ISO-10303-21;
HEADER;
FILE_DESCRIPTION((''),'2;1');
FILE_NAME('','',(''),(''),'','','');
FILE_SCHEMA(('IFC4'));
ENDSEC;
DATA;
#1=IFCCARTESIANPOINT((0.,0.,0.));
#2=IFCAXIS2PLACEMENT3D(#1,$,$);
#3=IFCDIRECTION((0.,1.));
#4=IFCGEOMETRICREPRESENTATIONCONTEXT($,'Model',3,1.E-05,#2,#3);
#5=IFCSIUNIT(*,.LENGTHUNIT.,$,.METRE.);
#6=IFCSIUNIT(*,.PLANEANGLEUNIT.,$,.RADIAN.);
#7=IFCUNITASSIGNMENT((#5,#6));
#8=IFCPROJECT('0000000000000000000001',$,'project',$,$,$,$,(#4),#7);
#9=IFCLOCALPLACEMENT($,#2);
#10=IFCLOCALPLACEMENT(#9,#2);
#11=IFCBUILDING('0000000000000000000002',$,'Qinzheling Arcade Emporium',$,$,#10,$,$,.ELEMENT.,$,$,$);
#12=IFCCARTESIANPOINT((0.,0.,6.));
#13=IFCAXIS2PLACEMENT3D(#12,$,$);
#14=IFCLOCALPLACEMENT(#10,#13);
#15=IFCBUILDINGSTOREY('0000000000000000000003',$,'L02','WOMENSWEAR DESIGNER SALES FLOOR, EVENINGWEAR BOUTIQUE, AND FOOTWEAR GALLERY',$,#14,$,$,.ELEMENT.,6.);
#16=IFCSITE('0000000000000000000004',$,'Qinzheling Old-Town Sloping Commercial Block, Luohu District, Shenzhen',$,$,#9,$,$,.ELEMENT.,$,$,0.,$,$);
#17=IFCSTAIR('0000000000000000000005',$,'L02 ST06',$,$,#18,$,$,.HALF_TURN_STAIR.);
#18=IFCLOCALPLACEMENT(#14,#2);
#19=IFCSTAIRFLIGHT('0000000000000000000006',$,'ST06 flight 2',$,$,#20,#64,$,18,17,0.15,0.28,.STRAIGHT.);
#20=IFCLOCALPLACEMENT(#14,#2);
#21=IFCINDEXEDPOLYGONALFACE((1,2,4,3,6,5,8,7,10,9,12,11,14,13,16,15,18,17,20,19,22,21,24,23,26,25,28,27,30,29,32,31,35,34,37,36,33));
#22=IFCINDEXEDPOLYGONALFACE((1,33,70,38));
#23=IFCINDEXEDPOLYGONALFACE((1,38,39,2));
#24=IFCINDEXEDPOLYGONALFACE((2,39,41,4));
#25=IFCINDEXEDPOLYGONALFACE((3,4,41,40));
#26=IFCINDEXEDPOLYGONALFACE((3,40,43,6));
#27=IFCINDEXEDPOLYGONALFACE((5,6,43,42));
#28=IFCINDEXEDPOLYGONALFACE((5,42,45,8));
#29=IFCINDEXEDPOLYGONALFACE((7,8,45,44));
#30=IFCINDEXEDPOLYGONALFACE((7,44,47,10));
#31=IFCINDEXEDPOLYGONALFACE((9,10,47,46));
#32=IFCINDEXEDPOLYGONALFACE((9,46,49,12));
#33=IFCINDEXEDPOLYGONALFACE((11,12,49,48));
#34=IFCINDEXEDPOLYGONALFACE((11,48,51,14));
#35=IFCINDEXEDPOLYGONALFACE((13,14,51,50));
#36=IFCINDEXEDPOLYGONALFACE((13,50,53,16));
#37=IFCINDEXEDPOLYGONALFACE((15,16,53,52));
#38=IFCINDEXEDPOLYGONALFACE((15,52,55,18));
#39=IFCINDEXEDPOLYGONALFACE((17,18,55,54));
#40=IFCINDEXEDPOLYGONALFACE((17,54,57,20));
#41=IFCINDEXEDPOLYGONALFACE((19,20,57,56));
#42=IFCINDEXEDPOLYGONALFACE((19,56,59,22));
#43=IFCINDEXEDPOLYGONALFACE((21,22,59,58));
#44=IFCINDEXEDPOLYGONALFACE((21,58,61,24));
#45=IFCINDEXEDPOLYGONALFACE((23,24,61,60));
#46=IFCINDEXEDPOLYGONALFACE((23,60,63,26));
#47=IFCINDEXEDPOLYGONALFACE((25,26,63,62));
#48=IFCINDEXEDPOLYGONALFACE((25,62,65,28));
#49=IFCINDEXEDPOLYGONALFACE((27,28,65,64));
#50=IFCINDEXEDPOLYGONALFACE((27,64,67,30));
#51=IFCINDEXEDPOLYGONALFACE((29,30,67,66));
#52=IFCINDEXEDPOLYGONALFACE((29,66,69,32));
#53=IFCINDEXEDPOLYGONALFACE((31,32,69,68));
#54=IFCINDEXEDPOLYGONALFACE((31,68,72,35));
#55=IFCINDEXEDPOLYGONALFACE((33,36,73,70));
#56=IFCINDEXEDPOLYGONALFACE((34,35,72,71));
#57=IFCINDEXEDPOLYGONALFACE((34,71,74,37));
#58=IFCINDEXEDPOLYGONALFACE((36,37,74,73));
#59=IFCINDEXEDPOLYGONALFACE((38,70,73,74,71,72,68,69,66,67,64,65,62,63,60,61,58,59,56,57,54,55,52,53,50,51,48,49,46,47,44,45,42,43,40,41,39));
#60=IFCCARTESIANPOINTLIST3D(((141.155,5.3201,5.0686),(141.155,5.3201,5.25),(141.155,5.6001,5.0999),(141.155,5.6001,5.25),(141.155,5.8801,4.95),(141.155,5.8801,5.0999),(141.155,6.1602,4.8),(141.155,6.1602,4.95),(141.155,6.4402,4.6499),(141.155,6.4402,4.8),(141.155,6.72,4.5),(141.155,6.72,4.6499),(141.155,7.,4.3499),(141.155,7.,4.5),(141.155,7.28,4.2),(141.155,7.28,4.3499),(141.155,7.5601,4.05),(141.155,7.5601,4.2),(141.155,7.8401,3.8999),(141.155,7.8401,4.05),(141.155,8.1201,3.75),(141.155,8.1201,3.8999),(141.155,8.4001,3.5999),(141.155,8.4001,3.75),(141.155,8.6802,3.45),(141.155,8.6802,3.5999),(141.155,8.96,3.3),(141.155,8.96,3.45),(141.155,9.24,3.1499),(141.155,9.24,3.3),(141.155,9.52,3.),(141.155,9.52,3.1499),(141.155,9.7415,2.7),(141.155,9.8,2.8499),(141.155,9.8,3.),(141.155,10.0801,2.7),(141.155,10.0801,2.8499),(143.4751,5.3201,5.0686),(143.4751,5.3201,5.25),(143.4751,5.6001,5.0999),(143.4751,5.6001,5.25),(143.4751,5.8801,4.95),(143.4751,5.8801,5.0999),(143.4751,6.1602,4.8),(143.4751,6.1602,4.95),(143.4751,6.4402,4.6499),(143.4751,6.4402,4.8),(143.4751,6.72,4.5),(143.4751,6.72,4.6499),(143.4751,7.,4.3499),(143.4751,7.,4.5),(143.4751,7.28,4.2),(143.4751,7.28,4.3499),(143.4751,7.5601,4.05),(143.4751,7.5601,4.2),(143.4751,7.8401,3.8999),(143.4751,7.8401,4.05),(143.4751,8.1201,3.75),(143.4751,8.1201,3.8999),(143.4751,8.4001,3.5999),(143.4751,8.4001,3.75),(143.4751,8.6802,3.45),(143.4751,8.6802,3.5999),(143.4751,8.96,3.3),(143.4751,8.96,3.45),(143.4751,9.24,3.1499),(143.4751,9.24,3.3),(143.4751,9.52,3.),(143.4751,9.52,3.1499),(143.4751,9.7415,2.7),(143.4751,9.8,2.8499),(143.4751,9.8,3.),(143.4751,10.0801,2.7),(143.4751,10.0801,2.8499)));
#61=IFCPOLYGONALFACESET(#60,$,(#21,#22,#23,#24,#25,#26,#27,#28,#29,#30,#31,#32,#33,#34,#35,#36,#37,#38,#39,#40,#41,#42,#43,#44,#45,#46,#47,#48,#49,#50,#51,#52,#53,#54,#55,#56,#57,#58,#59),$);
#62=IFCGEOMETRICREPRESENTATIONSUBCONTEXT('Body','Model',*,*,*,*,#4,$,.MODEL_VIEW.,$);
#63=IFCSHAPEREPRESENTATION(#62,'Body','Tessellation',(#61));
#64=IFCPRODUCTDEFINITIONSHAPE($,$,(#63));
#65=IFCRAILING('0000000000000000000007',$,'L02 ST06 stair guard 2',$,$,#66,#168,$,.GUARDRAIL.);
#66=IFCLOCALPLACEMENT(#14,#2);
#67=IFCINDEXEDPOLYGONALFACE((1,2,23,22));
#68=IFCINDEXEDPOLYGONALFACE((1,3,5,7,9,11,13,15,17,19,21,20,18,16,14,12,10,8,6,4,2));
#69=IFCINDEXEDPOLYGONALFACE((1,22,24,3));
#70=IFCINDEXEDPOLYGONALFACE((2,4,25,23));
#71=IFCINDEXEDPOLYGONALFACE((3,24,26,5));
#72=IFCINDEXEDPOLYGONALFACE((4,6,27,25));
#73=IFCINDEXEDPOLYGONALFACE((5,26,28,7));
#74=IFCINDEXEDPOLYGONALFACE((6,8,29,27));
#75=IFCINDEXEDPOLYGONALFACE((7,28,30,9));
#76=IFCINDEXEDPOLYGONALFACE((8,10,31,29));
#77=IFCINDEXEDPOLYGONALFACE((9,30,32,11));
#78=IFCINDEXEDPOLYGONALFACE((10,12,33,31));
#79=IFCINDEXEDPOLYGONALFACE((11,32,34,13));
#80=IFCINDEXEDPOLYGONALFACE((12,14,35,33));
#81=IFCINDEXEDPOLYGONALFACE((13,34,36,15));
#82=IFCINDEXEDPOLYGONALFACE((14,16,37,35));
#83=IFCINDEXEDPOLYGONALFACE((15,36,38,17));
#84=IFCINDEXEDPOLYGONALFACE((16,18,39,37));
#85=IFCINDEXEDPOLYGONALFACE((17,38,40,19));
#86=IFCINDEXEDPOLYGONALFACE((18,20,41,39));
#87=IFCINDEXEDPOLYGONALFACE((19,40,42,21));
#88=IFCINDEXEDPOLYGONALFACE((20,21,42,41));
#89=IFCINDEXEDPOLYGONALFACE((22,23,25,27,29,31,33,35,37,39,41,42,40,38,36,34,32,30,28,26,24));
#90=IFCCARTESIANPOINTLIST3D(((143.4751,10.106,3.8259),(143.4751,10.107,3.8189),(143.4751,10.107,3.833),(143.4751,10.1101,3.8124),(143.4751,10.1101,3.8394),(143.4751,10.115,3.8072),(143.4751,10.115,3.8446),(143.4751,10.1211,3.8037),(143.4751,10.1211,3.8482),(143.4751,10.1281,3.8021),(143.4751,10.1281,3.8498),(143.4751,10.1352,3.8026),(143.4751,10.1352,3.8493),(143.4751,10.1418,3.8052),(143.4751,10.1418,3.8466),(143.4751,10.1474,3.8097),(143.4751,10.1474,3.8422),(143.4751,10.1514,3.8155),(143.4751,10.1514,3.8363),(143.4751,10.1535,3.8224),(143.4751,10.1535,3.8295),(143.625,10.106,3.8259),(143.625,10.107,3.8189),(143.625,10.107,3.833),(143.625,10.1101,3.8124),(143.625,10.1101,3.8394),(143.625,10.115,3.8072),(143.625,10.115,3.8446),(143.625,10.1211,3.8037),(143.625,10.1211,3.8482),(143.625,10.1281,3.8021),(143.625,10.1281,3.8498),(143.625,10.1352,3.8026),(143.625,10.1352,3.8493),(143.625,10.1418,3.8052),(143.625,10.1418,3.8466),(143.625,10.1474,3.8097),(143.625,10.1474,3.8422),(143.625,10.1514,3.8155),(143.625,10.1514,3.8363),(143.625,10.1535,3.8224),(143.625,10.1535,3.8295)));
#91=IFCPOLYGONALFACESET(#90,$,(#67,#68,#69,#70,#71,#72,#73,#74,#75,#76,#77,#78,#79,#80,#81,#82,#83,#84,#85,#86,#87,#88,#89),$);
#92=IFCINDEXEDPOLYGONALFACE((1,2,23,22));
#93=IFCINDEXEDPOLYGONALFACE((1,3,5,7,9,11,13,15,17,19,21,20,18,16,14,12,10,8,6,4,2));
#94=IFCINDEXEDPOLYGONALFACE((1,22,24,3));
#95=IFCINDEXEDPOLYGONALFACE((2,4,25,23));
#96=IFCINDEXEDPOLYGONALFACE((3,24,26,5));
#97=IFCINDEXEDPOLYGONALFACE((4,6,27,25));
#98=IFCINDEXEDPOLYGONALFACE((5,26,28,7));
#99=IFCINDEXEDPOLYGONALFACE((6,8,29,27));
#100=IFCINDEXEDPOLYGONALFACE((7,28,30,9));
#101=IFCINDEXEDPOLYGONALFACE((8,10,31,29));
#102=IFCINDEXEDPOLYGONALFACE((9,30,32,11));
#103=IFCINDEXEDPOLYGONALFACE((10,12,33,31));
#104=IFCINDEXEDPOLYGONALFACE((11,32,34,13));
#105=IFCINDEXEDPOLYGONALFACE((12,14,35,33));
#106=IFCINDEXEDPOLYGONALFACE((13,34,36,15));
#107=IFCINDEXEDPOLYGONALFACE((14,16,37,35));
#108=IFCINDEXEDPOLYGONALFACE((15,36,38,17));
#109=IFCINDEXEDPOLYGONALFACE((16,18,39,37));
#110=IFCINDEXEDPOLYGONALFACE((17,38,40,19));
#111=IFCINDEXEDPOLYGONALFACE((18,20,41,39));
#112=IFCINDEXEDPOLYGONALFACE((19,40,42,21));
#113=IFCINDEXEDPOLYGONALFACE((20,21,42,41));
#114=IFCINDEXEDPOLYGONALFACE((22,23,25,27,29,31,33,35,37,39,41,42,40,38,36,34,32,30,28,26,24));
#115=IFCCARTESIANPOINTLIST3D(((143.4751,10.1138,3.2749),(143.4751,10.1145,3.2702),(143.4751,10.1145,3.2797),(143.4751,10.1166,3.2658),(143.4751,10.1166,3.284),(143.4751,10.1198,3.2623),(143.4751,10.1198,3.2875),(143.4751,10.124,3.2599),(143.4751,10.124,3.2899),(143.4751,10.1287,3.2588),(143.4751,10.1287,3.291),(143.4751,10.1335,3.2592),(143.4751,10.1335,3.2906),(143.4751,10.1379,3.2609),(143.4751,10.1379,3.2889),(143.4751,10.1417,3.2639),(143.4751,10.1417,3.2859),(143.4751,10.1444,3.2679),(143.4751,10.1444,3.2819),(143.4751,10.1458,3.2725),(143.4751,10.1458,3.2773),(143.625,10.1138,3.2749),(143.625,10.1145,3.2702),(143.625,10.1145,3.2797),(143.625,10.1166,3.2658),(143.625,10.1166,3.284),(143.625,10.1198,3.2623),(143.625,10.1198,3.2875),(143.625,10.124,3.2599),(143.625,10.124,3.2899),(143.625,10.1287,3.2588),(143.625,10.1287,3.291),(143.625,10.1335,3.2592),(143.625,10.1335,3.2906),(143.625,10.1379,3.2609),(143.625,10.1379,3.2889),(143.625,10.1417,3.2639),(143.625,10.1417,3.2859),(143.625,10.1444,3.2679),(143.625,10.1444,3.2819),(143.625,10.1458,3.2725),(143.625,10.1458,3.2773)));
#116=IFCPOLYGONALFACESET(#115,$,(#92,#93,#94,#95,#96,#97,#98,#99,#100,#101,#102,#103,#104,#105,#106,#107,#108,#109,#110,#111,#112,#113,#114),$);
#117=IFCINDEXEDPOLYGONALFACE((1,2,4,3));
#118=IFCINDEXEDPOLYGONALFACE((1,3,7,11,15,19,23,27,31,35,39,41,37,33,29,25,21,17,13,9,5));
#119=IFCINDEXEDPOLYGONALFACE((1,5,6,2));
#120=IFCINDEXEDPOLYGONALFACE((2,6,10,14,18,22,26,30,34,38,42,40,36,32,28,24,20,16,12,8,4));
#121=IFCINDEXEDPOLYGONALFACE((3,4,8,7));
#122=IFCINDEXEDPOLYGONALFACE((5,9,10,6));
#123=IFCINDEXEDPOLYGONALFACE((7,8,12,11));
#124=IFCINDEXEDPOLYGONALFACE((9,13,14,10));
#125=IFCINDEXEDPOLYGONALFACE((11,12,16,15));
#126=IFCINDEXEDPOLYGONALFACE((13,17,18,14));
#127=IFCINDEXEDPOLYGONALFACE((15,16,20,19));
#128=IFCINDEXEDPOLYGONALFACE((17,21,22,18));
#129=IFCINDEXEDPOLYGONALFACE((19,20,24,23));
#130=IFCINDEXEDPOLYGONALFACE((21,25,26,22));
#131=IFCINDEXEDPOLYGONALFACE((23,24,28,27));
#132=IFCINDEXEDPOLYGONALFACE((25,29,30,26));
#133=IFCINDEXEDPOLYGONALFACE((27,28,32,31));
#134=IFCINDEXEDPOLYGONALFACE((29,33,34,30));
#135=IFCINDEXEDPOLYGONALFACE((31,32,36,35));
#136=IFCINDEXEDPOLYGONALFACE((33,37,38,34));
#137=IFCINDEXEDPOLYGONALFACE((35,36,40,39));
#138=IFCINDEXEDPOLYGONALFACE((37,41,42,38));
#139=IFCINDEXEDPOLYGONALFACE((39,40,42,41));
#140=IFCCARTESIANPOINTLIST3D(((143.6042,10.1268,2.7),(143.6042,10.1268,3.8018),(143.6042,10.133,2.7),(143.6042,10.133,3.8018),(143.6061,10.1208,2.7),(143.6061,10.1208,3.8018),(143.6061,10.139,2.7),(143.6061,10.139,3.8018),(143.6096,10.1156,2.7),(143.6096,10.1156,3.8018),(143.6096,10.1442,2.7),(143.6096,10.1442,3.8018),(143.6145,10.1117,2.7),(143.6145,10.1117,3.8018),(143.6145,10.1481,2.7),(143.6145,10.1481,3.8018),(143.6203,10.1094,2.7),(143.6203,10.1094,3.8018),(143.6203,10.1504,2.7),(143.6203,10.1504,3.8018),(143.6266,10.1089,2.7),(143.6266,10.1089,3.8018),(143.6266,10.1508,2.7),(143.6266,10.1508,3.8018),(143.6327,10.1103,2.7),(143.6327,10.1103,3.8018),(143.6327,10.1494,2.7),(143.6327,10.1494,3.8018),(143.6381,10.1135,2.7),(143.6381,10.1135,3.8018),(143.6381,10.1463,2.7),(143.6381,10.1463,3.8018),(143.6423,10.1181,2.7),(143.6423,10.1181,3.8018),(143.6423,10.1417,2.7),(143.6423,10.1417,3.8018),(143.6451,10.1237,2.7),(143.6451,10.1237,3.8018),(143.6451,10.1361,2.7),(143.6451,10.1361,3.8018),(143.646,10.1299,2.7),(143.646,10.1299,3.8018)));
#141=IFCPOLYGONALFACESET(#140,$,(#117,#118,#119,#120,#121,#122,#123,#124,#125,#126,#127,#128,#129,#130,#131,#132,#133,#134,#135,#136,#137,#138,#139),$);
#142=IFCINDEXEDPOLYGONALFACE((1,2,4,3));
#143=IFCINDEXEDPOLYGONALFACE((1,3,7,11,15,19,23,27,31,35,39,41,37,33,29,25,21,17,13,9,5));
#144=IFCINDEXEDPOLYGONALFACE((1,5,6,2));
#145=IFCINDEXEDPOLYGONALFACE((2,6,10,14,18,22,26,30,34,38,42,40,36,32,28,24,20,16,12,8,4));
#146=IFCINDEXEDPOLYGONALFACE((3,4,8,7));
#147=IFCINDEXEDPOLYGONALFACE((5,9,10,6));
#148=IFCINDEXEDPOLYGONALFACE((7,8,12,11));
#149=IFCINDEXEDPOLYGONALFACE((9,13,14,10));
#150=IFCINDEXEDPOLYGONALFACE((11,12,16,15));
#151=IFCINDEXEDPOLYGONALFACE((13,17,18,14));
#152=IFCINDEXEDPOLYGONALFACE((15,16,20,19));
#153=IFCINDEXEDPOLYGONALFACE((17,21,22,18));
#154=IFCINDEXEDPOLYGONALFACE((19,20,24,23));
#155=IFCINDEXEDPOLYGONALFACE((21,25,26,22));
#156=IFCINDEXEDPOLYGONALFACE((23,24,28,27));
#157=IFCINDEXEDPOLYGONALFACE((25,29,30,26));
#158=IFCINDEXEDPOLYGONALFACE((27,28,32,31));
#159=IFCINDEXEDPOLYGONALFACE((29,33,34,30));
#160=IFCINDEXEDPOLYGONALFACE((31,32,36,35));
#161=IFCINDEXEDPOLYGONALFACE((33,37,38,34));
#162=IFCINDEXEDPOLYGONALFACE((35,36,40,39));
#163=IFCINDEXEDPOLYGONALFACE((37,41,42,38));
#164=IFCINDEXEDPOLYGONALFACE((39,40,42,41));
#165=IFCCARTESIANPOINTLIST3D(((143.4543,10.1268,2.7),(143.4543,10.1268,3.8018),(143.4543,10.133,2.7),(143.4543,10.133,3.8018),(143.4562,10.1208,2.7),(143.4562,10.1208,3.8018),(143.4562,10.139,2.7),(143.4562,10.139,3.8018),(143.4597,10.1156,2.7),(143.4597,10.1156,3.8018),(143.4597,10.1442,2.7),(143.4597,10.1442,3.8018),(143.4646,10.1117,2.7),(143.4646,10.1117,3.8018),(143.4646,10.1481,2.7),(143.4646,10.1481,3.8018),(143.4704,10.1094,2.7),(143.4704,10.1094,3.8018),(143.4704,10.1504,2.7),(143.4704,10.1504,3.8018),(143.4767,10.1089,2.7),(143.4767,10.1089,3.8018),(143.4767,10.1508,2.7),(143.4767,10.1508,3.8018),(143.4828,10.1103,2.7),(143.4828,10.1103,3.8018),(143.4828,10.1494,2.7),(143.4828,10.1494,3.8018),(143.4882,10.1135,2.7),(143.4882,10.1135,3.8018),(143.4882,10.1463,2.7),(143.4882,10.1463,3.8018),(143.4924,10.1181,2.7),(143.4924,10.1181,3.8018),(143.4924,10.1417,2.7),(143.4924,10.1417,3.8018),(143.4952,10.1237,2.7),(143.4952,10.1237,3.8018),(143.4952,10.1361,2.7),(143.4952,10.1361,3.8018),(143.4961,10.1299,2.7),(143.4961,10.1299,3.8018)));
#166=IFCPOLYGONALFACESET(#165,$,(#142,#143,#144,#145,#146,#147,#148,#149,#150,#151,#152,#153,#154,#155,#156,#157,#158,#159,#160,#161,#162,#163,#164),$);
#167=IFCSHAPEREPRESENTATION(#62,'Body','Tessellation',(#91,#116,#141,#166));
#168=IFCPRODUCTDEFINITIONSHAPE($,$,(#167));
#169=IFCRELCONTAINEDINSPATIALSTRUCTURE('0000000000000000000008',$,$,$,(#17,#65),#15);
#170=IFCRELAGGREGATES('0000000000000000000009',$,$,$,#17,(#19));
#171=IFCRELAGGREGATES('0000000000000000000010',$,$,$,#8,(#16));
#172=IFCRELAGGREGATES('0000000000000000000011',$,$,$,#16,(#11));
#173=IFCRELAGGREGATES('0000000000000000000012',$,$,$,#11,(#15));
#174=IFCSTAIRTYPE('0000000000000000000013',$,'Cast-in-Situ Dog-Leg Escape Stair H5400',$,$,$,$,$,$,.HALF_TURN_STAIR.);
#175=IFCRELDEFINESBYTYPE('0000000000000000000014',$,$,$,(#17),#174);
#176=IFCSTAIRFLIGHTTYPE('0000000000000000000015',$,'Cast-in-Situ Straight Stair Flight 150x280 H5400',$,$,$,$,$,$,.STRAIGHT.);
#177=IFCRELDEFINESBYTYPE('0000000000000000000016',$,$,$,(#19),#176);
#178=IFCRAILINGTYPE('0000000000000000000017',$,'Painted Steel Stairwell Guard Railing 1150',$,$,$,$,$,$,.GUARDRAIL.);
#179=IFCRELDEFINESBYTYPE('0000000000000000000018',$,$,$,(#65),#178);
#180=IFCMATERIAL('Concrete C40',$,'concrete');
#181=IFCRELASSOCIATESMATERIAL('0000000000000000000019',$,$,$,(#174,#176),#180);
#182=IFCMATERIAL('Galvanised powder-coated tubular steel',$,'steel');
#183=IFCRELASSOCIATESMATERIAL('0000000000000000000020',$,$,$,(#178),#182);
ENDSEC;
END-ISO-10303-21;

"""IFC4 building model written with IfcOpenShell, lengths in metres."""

from ifc_helpers import new_model, si_unit, direction, frame, origin, origin_2d, place, context, subcontext, project, spatial, polyline, circle, outline, extrude, material, type_object, element, aggregate, save


model = new_model("IFC4")

# Units and contexts
model_context = context("Model", 3, precision=1e-05, world=origin(), true_north=direction((0.0, 1.0)))
body_context = subcontext(model_context, "Body", "Model", "MODEL_VIEW")
ifc_project = project(units=[si_unit("LENGTHUNIT", "METRE"), si_unit("PLANEANGLEUNIT", "RADIAN")], contexts=[model_context])

# Site, building, storey
site_placement = place(None, origin())
site = spatial("IfcSite", under=ifc_project, at=site_placement, Name="Qinzheling Old-Town Sloping Commercial Block, Luohu District, Shenzhen", CompositionType="ELEMENT", RefElevation=0.0)
building_placement = place(site_placement, origin())
building = spatial("IfcBuilding", under=site, at=building_placement, Name="Qinzheling Arcade Emporium", CompositionType="ELEMENT")
storey_placement = place(building_placement, frame((0.0, 0.0, 6.0)))
storey = spatial("IfcBuildingStorey", under=building, at=storey_placement, Name="L02", Description="WOMENSWEAR DESIGNER SALES FLOOR, EVENINGWEAR BOUTIQUE, AND FOOTWEAR GALLERY", CompositionType="ELEMENT", Elevation=6.0)

# Shared definitions
ifc_material_1 = material(Name="Concrete C40", Category="concrete")

# Stair, stair flight
stair_type = type_object("IfcStairType", Name="Cast-in-Situ Dog-Leg Escape Stair H5400", PredefinedType="HALF_TURN_STAIR", material=ifc_material_1)
stair_placement = place(storey_placement, origin())
stair = element("IfcStair", 1, at=stair_placement, inside=storey, type_object=stair_type, Name="L02 ST06", PredefinedType="HALF_TURN_STAIR")
stair_flight_type = type_object("IfcStairFlightType", Name="Cast-in-Situ Straight Stair Flight 150x280 H5400", PredefinedType="STRAIGHT", material=ifc_material_1)
stair_flight_placement = place(storey_placement, frame((142.3149, 10.0801, 2.7), z_axis=(0.0, 0.0, 1.0), x_axis=(0.0, -1.0, 0.0)))
stair_flight = element("IfcStairFlight", 2, at=stair_flight_placement, type_object=stair_flight_type, Name="ST06 flight 2", NumberOfRisers=18, NumberOfTreads=17, PredefinedType="STRAIGHT", RiserHeight=0.15, TreadLength=0.28, context=body_context, shape_type="SweptSolid", body=[
    extrude(outline(polyline([(0.0, 0.0), (0.0, 0.1499), (0.28, 0.1499), (0.28, 0.3), (0.5601, 0.3), (0.5601, 0.45), (0.8401, 0.45), (0.8401, 0.6001), (1.1201, 0.6001), (1.1201, 0.75), (1.3999, 0.75), (1.3999, 0.8999), (1.6799, 0.8999), (1.6799, 1.05), (1.96, 1.05), (1.96, 1.2), (2.24, 1.2), (2.24, 1.3501), (2.52, 1.3501), (2.52, 1.5), (2.8, 1.5), (2.8, 1.6499), (3.0801, 1.6499), (3.0801, 1.8), (3.3601, 1.8), (3.3601, 1.95), (3.6399, 1.95), (3.6399, 2.1001), (3.9199, 2.1001), (3.9199, 2.25), (4.2, 2.25), (4.2, 2.3999), (4.48, 2.3999), (4.48, 2.55), (4.76, 2.55), (4.76, 2.7), (4.76, 2.3687), (0.3386, 0.0), (0.0, 0.0)])), frame((0.0, 1.1602, 0.0), z_axis=(0.0, -1.0, 0.0), x_axis=(1.0, 0.0, 0.0)), (0.0, 0.0, 1.0), 2.3201),
])
aggregate(stair, [stair_flight])

# Railing
ifc_material_2 = material(Name="Galvanised powder-coated tubular steel", Category="steel")
railing_type_1 = type_object("IfcRailingType", Name="Painted Steel Stairwell Guard Railing 1150", PredefinedType="GUARDRAIL", material=ifc_material_2)
railing_1_placement = place(storey_placement, frame((143.625, 10.1299, 2.7)))
element("IfcRailing", 3, at=railing_1_placement, inside=storey, type_object=railing_type_1, Name="L02 ST06 stair guard 2", PredefinedType="GUARDRAIL", context=body_context, shape_type="SweptSolid", body=[
    extrude(circle(Radius=0.0239, at=origin_2d()), frame((0.0, 0.0, 1.126), z_axis=(-1.0, 0.0, 0.0), x_axis=(0.0, -1.0, 0.0)), (0.0, 0.0, 1.0), 0.1499),
    extrude(circle(Radius=0.0161, at=origin_2d()), frame((0.0, 0.0, 0.575), z_axis=(-1.0, 0.0, 0.0), x_axis=(0.0, -1.0, 0.0)), (0.0, 0.0, 1.0), 0.1499),
    extrude(circle(Radius=0.021, at=origin_2d()), origin(), (0.0, 0.0, 1.0), 1.1018),
    extrude(circle(Radius=0.021, at=origin_2d()), frame((-0.1499, 0.0, 0.0)), (0.0, 0.0, 1.0), 1.1018),
])

save(model, "model.ifc")
